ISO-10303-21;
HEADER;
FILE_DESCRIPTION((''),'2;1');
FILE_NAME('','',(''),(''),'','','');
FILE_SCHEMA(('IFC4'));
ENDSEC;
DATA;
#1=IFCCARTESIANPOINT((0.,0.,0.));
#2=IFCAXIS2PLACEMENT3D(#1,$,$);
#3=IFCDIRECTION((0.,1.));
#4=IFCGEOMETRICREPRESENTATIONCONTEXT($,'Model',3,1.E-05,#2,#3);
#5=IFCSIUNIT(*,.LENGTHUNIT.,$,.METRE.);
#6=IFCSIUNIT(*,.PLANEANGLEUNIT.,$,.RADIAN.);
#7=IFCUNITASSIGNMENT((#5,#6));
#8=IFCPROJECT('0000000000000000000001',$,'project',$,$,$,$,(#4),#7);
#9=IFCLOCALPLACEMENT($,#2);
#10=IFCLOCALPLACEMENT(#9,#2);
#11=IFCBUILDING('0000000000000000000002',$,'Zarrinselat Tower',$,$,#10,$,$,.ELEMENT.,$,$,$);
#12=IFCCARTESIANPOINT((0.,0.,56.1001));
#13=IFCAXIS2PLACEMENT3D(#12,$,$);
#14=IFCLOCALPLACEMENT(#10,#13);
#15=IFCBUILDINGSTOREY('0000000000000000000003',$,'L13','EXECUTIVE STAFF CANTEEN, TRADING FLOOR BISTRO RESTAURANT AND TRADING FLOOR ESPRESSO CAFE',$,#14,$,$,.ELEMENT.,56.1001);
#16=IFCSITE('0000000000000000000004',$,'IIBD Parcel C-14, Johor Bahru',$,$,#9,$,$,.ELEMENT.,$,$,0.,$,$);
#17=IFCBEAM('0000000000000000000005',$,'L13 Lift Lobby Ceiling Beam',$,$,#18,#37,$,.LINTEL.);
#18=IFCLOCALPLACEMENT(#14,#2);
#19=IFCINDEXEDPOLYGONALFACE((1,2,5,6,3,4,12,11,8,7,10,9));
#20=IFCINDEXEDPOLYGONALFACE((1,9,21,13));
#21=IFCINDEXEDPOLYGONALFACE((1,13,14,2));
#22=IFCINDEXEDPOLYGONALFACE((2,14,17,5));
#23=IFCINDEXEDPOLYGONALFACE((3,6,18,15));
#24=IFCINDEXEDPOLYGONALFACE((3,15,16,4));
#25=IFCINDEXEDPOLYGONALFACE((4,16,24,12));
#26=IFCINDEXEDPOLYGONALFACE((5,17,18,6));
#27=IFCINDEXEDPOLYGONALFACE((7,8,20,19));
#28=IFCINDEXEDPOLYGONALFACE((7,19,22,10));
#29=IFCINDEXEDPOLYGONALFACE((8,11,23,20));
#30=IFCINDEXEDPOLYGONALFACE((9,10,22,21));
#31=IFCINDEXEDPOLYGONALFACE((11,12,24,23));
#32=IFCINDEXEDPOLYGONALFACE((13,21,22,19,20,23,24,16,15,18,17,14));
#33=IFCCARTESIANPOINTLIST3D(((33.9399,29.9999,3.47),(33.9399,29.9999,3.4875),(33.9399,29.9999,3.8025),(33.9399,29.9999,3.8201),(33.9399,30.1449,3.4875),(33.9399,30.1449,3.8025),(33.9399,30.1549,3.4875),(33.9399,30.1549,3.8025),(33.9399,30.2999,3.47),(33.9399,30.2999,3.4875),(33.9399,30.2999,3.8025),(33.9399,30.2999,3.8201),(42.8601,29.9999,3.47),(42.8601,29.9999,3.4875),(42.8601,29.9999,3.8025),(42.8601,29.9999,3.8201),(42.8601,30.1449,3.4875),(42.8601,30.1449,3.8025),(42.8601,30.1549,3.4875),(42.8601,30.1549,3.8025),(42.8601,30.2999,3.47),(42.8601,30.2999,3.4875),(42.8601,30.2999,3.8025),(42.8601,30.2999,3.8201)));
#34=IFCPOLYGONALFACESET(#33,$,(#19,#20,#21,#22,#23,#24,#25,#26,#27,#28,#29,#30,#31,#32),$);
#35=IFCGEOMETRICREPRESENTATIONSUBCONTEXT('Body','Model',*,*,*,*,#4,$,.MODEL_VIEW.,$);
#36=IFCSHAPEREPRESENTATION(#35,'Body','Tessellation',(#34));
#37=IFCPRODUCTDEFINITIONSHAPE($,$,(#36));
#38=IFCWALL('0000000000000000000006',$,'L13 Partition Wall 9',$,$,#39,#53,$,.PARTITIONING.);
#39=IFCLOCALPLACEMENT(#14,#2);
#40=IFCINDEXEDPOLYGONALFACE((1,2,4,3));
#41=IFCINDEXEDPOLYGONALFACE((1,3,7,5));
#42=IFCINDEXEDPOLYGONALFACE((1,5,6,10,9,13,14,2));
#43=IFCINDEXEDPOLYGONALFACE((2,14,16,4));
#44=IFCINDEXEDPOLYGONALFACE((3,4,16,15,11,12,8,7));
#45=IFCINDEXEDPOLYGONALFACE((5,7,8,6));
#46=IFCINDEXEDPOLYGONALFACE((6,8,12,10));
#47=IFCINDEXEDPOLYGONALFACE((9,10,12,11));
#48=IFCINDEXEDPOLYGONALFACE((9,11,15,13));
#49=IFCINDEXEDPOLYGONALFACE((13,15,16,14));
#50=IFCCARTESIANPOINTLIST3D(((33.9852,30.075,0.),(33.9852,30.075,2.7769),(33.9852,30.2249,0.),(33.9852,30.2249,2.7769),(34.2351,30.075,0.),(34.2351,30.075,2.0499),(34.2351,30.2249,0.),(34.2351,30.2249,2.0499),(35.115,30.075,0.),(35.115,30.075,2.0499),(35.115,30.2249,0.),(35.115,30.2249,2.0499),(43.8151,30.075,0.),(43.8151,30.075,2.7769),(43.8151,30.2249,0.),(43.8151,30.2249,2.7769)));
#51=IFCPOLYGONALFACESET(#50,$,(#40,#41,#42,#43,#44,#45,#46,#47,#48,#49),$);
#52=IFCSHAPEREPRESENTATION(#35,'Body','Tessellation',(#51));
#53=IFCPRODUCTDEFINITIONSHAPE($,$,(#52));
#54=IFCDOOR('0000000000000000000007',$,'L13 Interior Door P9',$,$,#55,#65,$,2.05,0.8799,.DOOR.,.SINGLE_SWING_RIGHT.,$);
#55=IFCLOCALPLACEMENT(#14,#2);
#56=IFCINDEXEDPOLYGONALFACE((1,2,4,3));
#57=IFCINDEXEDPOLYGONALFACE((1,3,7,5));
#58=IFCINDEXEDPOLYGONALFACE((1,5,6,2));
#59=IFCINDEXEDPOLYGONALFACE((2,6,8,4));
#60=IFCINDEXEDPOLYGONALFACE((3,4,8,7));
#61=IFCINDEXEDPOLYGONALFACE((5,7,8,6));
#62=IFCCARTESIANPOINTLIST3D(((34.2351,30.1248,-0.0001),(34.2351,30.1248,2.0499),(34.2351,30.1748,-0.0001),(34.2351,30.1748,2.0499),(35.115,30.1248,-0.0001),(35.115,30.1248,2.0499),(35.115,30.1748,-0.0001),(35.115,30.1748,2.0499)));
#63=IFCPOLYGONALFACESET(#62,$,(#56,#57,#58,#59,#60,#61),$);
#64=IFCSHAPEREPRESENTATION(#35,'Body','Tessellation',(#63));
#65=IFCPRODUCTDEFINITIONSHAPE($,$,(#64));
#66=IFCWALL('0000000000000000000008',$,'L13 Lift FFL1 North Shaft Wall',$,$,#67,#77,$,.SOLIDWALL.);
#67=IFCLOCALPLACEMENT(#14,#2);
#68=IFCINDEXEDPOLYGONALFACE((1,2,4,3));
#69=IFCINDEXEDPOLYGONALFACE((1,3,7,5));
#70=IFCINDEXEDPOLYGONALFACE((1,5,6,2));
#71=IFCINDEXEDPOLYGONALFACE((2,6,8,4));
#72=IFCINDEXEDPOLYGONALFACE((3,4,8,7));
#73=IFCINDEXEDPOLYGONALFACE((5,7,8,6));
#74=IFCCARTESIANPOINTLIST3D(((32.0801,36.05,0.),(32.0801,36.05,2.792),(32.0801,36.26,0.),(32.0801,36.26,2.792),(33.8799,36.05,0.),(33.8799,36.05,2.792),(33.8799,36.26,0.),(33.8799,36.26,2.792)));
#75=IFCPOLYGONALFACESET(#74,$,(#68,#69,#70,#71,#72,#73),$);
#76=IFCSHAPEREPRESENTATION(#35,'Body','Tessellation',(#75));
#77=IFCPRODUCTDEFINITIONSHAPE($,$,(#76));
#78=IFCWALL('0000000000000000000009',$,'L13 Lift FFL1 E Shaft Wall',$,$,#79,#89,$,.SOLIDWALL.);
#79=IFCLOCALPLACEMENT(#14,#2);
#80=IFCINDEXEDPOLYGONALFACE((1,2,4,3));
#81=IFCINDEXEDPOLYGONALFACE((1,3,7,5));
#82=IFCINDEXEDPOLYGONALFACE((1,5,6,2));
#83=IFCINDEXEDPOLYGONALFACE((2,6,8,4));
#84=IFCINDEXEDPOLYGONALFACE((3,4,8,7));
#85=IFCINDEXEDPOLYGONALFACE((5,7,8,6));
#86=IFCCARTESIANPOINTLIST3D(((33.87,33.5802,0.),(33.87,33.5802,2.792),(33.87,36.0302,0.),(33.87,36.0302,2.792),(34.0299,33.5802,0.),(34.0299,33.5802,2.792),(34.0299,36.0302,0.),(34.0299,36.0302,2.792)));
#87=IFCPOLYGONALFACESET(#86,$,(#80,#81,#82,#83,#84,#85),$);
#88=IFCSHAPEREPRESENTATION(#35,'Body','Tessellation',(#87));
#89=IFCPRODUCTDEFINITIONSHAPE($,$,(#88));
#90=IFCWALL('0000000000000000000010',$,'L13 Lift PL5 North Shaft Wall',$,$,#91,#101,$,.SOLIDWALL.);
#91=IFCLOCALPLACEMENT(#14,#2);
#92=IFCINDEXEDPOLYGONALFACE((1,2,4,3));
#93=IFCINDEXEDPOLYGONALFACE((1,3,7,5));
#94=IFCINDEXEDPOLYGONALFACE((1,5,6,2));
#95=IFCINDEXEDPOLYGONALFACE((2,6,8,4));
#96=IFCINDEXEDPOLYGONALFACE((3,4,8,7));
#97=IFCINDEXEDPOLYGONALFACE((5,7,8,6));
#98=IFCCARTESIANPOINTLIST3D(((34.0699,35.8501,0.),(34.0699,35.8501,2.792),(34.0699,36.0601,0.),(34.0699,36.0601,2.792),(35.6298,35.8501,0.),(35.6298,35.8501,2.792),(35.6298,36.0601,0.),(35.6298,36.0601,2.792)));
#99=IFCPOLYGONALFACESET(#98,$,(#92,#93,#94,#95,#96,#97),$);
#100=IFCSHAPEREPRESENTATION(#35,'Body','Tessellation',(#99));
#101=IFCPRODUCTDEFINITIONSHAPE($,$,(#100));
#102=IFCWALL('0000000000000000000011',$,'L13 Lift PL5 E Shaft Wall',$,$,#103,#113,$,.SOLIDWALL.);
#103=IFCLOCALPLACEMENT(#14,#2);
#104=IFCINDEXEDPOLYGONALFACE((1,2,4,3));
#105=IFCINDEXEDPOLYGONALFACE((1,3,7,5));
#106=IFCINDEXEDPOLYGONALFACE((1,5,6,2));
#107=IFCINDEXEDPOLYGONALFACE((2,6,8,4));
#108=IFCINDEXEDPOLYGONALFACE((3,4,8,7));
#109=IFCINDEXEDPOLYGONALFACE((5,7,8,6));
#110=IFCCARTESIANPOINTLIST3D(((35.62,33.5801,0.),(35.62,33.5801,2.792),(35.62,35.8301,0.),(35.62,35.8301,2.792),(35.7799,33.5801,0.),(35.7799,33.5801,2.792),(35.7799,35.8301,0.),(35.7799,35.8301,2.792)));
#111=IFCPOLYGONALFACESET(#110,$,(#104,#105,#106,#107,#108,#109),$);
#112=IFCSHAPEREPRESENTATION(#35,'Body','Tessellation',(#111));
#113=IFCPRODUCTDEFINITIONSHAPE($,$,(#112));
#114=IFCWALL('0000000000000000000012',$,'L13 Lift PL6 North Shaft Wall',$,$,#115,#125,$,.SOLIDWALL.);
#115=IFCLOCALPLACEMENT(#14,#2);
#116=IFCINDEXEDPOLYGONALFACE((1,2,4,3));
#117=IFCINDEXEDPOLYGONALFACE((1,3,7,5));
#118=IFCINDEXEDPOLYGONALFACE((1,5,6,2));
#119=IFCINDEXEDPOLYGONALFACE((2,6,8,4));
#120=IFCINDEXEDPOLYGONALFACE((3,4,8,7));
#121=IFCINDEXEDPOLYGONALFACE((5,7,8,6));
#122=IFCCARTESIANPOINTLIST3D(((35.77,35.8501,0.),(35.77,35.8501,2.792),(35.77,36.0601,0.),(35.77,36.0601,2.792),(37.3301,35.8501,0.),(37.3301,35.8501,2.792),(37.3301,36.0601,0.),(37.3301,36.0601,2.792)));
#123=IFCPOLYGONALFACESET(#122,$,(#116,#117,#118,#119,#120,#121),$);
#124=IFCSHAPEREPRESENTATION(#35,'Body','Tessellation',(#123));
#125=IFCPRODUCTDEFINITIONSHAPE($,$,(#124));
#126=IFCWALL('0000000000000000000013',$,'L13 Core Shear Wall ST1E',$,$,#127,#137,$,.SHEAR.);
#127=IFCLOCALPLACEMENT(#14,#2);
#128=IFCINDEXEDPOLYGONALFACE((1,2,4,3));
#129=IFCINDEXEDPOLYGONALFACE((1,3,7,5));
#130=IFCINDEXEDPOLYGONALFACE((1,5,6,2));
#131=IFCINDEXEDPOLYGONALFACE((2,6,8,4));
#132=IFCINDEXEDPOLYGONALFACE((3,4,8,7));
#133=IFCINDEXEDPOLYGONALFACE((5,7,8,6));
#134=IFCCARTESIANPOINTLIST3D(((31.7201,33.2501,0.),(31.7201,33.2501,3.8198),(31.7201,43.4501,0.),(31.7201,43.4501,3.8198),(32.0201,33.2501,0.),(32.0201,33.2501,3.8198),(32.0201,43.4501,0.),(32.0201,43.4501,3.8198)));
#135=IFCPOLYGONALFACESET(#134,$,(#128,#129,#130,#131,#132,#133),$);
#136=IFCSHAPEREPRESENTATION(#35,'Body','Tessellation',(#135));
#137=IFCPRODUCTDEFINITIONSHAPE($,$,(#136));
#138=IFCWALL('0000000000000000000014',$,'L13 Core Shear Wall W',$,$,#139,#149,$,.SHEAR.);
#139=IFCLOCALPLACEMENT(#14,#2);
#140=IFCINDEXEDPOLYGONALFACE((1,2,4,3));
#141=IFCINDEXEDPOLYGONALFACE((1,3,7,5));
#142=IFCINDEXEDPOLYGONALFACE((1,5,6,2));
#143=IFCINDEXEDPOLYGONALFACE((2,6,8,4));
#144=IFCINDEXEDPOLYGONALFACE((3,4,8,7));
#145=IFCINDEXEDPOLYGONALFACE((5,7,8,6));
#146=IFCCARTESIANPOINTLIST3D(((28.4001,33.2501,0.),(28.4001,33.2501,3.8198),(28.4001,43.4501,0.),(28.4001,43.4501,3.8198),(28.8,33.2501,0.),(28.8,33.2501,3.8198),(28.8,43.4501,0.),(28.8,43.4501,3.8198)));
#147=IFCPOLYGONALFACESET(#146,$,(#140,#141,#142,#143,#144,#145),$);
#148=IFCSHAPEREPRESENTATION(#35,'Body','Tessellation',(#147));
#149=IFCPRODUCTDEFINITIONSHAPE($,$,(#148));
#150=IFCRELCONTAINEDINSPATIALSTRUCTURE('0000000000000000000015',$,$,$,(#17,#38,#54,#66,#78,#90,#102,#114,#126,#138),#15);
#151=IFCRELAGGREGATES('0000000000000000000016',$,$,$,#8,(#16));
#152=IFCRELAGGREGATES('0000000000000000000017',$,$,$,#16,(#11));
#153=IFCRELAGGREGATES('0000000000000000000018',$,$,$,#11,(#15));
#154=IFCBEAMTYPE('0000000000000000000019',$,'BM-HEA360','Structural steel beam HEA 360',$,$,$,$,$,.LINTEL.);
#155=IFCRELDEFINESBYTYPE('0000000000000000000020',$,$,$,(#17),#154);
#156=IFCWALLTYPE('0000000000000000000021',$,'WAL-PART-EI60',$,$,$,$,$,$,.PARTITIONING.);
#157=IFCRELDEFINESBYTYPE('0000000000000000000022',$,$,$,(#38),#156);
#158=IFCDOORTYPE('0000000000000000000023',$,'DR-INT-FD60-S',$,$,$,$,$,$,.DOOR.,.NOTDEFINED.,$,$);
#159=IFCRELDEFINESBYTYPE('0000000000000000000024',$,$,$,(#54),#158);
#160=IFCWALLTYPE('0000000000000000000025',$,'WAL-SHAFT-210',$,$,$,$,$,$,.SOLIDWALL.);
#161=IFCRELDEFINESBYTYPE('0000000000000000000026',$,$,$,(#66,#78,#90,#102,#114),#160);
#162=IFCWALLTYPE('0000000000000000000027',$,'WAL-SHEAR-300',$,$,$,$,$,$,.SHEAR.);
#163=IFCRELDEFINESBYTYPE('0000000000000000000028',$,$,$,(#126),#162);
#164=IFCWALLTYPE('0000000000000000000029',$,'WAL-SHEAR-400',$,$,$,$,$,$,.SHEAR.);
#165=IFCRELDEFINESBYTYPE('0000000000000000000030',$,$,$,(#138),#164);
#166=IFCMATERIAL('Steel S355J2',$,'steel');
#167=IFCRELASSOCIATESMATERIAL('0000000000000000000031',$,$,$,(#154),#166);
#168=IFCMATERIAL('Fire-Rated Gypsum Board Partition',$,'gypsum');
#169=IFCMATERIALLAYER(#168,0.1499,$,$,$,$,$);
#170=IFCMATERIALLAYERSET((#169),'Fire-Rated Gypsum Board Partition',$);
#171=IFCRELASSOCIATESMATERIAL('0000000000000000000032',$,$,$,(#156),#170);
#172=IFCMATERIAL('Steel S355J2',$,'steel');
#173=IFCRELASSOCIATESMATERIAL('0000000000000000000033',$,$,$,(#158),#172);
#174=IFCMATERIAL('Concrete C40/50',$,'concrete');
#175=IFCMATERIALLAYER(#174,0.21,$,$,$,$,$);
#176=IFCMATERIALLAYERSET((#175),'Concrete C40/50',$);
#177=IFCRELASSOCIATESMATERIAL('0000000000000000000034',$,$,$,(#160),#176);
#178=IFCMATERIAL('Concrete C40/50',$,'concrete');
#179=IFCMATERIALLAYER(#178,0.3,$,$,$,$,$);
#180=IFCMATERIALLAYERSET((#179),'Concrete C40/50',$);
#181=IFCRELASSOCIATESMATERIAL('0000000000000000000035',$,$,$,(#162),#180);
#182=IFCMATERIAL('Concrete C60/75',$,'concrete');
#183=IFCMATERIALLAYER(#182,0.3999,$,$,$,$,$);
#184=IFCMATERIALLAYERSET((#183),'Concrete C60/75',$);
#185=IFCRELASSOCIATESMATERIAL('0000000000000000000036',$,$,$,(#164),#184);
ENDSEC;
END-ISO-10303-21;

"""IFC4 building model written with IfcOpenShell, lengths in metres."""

from ifc_helpers import new_model, si_unit, direction, frame, frame_2d, origin, origin_2d, place, context, subcontext, project, spatial, rectangle, i_section, extrude, material, layer, layer_set, material_profile, profile_set, type_object, element, fill, save


model = new_model("IFC4")

# Units and contexts
model_context = context("Model", 3, precision=1e-05, world=origin(), true_north=direction((0.0, 1.0)))
body_context = subcontext(model_context, "Body", "Model", "MODEL_VIEW")
ifc_project = project(units=[si_unit("LENGTHUNIT", "METRE"), si_unit("PLANEANGLEUNIT", "RADIAN")], contexts=[model_context])

# Site, building, storey
site_placement = place(None, origin())
site = spatial("IfcSite", under=ifc_project, at=site_placement, Name="IIBD Parcel C-14, Johor Bahru", CompositionType="ELEMENT", RefElevation=0.0)
building_placement = place(site_placement, origin())
building = spatial("IfcBuilding", under=site, at=building_placement, Name="Zarrinselat Tower", CompositionType="ELEMENT")
storey_placement = place(building_placement, frame((0.0, 0.0, 56.1001)))
storey = spatial("IfcBuildingStorey", under=building, at=storey_placement, Name="L13", Description="EXECUTIVE STAFF CANTEEN, TRADING FLOOR BISTRO RESTAURANT AND TRADING FLOOR ESPRESSO CAFE", CompositionType="ELEMENT", Elevation=56.1001)

# Beam
ifc_material_1 = material(Name="Steel S355J2", Category="steel")
ifc_material_profile = material_profile(ifc_material_1, i_section(OverallWidth=0.3, OverallDepth=0.3501, WebThickness=0.01, FlangeThickness=0.0176, at=origin_2d()), Name="HEA 360")
ifc_profile_set = profile_set([ifc_material_profile], Name="Steel S355J2")
beam_type = type_object("IfcBeamType", Name="BM-HEA360", Description="Structural steel beam HEA 360", PredefinedType="LINTEL", material=ifc_profile_set)
beam_placement = place(storey_placement, frame((33.9399, 30.1499, 3.645), z_axis=(1.0, 0.0, 0.0), x_axis=(0.0, 1.0, 0.0)))
element("IfcBeam", 1, at=beam_placement, inside=storey, type_object=beam_type, Name="L13 Lift Lobby Ceiling Beam", PredefinedType="LINTEL", context=body_context, shape_type="SweptSolid", body=[
    extrude(i_section(OverallWidth=0.3, OverallDepth=0.3501, WebThickness=0.01, FlangeThickness=0.0176, at=origin_2d()), origin(), (0.0, 0.0, 1.0), 8.9202),
])

# Wall, opening, door
ifc_material_2 = material(Name="Fire-Rated Gypsum Board Partition", Category="gypsum")
ifc_layer_1 = layer(ifc_material_2, 0.1499)
ifc_layer_set_1 = layer_set([ifc_layer_1], Name="Fire-Rated Gypsum Board Partition")
wall_type_1 = type_object("IfcWallType", Name="WAL-PART-EI60", PredefinedType="PARTITIONING", material=ifc_layer_set_1)
wall_1_placement = place(storey_placement, frame((33.9851, 30.1499, 0.0), z_axis=(0.0, 0.0, 1.0), x_axis=(1.0, 0.0, 0.0)))
wall_1 = element("IfcWall", 2, at=wall_1_placement, inside=storey, type_object=wall_type_1, Name="L13 Partition Wall 9", PredefinedType="PARTITIONING", context=body_context, shape_type="SweptSolid", body=[
    extrude(rectangle(XDim=9.8298, YDim=0.1499, at=frame_2d((4.915, 0.0))), origin(), (0.0, 0.0, 1.0), 2.7769),
])
opening_1_placement = place(wall_1_placement, frame((0.25, 0.0, 0.0)))
opening_1 = element("IfcOpeningElement", 3, at=opening_1_placement, cuts=wall_1, PredefinedType="OPENING", context=body_context, shape_type="SweptSolid", body=[
    extrude(rectangle(XDim=0.8799, YDim=2.05, at=frame_2d((0.4399, 1.0249))), frame((0.0, 0.085, 0.0), z_axis=(0.0, -1.0, 0.0), x_axis=(1.0, 0.0, 0.0)), (0.0, 0.0, 1.0), 0.1699),
])
ifc_material_3 = material(Name="Steel S355J2", Category="steel")
door_type_1 = type_object("IfcDoorType", Name="DR-INT-FD60-S", OperationType="NOTDEFINED", PredefinedType="DOOR", material=ifc_material_3)
door_1_placement = place(opening_1_placement, origin())
door_1 = element("IfcDoor", 4, at=door_1_placement, inside=storey, type_object=door_type_1, Name="L13 Interior Door P9", OperationType="SINGLE_SWING_RIGHT", OverallHeight=2.05, OverallWidth=0.8799, PredefinedType="DOOR", context=body_context, shape_type="SweptSolid", body=[
    extrude(rectangle(XDim=0.8799, YDim=2.05, at=frame_2d((0.4399, 1.0249))), frame((0.0, 0.0249, 0.0), z_axis=(0.0, -1.0, 0.0), x_axis=(1.0, 0.0, 0.0)), (0.0, 0.0, 1.0), 0.05),
])
fill(opening_1, door_1)

# Walls
ifc_material_4 = material(Name="Concrete C40/50", Category="concrete")
ifc_layer_2 = layer(ifc_material_4, 0.21)
ifc_layer_set_2 = layer_set([ifc_layer_2], Name="Concrete C40/50")
wall_type_2 = type_object("IfcWallType", Name="WAL-SHAFT-210", PredefinedType="SOLIDWALL", material=ifc_layer_set_2)
wall_2_placement = place(storey_placement, frame((32.0801, 36.155, 0.0), z_axis=(0.0, 0.0, 1.0), x_axis=(1.0, 0.0, 0.0)))
element("IfcWall", 5, at=wall_2_placement, inside=storey, type_object=wall_type_2, Name="L13 Lift FFL1 North Shaft Wall", PredefinedType="SOLIDWALL", context=body_context, shape_type="SweptSolid", body=[
    extrude(rectangle(XDim=1.7998, YDim=0.21, at=frame_2d((0.8999, 0.0))), origin(), (0.0, 0.0, 1.0), 2.792),
])
wall_3_placement = place(storey_placement, frame((33.95, 33.5801, 0.0), z_axis=(0.0, 0.0, 1.0), x_axis=(0.0, 1.0, 0.0)))
element("IfcWall", 6, at=wall_3_placement, inside=storey, type_object=wall_type_2, Name="L13 Lift FFL1 E Shaft Wall", PredefinedType="SOLIDWALL", context=body_context, shape_type="SweptSolid", body=[
    extrude(rectangle(XDim=2.45, YDim=0.1599, at=frame_2d((1.2251, 0.0))), origin(), (0.0, 0.0, 1.0), 2.792),
])
wall_4_placement = place(storey_placement, frame((34.0701, 35.9551, 0.0), z_axis=(0.0, 0.0, 1.0), x_axis=(1.0, 0.0, 0.0)))
element("IfcWall", 7, at=wall_4_placement, inside=storey, type_object=wall_type_2, Name="L13 Lift PL5 North Shaft Wall", PredefinedType="SOLIDWALL", context=body_context, shape_type="SweptSolid", body=[
    extrude(rectangle(XDim=1.5598, YDim=0.21, at=frame_2d((0.7798, 0.0))), origin(), (0.0, 0.0, 1.0), 2.792),
])
wall_5_placement = place(storey_placement, frame((35.7, 33.5801, 0.0), z_axis=(0.0, 0.0, 1.0), x_axis=(0.0, 1.0, 0.0)))
element("IfcWall", 8, at=wall_5_placement, inside=storey, type_object=wall_type_2, Name="L13 Lift PL5 E Shaft Wall", PredefinedType="SOLIDWALL", context=body_context, shape_type="SweptSolid", body=[
    extrude(rectangle(XDim=2.25, YDim=0.1599, at=frame_2d((1.125, 0.0))), origin(), (0.0, 0.0, 1.0), 2.792),
])
wall_6_placement = place(storey_placement, frame((35.77, 35.9551, 0.0), z_axis=(0.0, 0.0, 1.0), x_axis=(1.0, 0.0, 0.0)))
element("IfcWall", 9, at=wall_6_placement, inside=storey, type_object=wall_type_2, Name="L13 Lift PL6 North Shaft Wall", PredefinedType="SOLIDWALL", context=body_context, shape_type="SweptSolid", body=[
    extrude(rectangle(XDim=1.5601, YDim=0.21, at=frame_2d((0.78, 0.0))), origin(), (0.0, 0.0, 1.0), 2.792),
])
ifc_material_5 = material(Name="Concrete C40/50", Category="concrete")
ifc_layer_3 = layer(ifc_material_5, 0.3)
ifc_layer_set_3 = layer_set([ifc_layer_3], Name="Concrete C40/50")
wall_type_3 = type_object("IfcWallType", Name="WAL-SHEAR-300", PredefinedType="SHEAR", material=ifc_layer_set_3)
wall_7_placement = place(storey_placement, frame((31.8701, 33.25, 0.0), z_axis=(0.0, 0.0, 1.0), x_axis=(0.0, 1.0, 0.0)))
element("IfcWall", 10, at=wall_7_placement, inside=storey, type_object=wall_type_3, Name="L13 Core Shear Wall ST1E", PredefinedType="SHEAR", context=body_context, shape_type="SweptSolid", body=[
    extrude(rectangle(XDim=10.2, YDim=0.3, at=frame_2d((5.1001, 0.0))), origin(), (0.0, 0.0, 1.0), 3.8198),
])

# Shared definitions
ifc_material_6 = material(Name="Concrete C60/75", Category="concrete")
ifc_layer_4 = layer(ifc_material_6, 0.3999)
ifc_layer_set_4 = layer_set([ifc_layer_4], Name="Concrete C60/75")
wall_type_4 = type_object("IfcWallType", Name="WAL-SHEAR-400", PredefinedType="SHEAR", material=ifc_layer_set_4)

# Wall
wall_8_placement = place(storey_placement, frame((28.6001, 33.25, 0.0), z_axis=(0.0, 0.0, 1.0), x_axis=(0.0, 1.0, 0.0)))
element("IfcWall", 11, at=wall_8_placement, inside=storey, type_object=wall_type_4, Name="L13 Core Shear Wall W", PredefinedType="SHEAR", context=body_context, shape_type="SweptSolid", body=[
    extrude(rectangle(XDim=10.2, YDim=0.3999, at=frame_2d((5.1001, 0.0))), origin(), (0.0, 0.0, 1.0), 3.8198),
])

save(model, "model.ifc")
